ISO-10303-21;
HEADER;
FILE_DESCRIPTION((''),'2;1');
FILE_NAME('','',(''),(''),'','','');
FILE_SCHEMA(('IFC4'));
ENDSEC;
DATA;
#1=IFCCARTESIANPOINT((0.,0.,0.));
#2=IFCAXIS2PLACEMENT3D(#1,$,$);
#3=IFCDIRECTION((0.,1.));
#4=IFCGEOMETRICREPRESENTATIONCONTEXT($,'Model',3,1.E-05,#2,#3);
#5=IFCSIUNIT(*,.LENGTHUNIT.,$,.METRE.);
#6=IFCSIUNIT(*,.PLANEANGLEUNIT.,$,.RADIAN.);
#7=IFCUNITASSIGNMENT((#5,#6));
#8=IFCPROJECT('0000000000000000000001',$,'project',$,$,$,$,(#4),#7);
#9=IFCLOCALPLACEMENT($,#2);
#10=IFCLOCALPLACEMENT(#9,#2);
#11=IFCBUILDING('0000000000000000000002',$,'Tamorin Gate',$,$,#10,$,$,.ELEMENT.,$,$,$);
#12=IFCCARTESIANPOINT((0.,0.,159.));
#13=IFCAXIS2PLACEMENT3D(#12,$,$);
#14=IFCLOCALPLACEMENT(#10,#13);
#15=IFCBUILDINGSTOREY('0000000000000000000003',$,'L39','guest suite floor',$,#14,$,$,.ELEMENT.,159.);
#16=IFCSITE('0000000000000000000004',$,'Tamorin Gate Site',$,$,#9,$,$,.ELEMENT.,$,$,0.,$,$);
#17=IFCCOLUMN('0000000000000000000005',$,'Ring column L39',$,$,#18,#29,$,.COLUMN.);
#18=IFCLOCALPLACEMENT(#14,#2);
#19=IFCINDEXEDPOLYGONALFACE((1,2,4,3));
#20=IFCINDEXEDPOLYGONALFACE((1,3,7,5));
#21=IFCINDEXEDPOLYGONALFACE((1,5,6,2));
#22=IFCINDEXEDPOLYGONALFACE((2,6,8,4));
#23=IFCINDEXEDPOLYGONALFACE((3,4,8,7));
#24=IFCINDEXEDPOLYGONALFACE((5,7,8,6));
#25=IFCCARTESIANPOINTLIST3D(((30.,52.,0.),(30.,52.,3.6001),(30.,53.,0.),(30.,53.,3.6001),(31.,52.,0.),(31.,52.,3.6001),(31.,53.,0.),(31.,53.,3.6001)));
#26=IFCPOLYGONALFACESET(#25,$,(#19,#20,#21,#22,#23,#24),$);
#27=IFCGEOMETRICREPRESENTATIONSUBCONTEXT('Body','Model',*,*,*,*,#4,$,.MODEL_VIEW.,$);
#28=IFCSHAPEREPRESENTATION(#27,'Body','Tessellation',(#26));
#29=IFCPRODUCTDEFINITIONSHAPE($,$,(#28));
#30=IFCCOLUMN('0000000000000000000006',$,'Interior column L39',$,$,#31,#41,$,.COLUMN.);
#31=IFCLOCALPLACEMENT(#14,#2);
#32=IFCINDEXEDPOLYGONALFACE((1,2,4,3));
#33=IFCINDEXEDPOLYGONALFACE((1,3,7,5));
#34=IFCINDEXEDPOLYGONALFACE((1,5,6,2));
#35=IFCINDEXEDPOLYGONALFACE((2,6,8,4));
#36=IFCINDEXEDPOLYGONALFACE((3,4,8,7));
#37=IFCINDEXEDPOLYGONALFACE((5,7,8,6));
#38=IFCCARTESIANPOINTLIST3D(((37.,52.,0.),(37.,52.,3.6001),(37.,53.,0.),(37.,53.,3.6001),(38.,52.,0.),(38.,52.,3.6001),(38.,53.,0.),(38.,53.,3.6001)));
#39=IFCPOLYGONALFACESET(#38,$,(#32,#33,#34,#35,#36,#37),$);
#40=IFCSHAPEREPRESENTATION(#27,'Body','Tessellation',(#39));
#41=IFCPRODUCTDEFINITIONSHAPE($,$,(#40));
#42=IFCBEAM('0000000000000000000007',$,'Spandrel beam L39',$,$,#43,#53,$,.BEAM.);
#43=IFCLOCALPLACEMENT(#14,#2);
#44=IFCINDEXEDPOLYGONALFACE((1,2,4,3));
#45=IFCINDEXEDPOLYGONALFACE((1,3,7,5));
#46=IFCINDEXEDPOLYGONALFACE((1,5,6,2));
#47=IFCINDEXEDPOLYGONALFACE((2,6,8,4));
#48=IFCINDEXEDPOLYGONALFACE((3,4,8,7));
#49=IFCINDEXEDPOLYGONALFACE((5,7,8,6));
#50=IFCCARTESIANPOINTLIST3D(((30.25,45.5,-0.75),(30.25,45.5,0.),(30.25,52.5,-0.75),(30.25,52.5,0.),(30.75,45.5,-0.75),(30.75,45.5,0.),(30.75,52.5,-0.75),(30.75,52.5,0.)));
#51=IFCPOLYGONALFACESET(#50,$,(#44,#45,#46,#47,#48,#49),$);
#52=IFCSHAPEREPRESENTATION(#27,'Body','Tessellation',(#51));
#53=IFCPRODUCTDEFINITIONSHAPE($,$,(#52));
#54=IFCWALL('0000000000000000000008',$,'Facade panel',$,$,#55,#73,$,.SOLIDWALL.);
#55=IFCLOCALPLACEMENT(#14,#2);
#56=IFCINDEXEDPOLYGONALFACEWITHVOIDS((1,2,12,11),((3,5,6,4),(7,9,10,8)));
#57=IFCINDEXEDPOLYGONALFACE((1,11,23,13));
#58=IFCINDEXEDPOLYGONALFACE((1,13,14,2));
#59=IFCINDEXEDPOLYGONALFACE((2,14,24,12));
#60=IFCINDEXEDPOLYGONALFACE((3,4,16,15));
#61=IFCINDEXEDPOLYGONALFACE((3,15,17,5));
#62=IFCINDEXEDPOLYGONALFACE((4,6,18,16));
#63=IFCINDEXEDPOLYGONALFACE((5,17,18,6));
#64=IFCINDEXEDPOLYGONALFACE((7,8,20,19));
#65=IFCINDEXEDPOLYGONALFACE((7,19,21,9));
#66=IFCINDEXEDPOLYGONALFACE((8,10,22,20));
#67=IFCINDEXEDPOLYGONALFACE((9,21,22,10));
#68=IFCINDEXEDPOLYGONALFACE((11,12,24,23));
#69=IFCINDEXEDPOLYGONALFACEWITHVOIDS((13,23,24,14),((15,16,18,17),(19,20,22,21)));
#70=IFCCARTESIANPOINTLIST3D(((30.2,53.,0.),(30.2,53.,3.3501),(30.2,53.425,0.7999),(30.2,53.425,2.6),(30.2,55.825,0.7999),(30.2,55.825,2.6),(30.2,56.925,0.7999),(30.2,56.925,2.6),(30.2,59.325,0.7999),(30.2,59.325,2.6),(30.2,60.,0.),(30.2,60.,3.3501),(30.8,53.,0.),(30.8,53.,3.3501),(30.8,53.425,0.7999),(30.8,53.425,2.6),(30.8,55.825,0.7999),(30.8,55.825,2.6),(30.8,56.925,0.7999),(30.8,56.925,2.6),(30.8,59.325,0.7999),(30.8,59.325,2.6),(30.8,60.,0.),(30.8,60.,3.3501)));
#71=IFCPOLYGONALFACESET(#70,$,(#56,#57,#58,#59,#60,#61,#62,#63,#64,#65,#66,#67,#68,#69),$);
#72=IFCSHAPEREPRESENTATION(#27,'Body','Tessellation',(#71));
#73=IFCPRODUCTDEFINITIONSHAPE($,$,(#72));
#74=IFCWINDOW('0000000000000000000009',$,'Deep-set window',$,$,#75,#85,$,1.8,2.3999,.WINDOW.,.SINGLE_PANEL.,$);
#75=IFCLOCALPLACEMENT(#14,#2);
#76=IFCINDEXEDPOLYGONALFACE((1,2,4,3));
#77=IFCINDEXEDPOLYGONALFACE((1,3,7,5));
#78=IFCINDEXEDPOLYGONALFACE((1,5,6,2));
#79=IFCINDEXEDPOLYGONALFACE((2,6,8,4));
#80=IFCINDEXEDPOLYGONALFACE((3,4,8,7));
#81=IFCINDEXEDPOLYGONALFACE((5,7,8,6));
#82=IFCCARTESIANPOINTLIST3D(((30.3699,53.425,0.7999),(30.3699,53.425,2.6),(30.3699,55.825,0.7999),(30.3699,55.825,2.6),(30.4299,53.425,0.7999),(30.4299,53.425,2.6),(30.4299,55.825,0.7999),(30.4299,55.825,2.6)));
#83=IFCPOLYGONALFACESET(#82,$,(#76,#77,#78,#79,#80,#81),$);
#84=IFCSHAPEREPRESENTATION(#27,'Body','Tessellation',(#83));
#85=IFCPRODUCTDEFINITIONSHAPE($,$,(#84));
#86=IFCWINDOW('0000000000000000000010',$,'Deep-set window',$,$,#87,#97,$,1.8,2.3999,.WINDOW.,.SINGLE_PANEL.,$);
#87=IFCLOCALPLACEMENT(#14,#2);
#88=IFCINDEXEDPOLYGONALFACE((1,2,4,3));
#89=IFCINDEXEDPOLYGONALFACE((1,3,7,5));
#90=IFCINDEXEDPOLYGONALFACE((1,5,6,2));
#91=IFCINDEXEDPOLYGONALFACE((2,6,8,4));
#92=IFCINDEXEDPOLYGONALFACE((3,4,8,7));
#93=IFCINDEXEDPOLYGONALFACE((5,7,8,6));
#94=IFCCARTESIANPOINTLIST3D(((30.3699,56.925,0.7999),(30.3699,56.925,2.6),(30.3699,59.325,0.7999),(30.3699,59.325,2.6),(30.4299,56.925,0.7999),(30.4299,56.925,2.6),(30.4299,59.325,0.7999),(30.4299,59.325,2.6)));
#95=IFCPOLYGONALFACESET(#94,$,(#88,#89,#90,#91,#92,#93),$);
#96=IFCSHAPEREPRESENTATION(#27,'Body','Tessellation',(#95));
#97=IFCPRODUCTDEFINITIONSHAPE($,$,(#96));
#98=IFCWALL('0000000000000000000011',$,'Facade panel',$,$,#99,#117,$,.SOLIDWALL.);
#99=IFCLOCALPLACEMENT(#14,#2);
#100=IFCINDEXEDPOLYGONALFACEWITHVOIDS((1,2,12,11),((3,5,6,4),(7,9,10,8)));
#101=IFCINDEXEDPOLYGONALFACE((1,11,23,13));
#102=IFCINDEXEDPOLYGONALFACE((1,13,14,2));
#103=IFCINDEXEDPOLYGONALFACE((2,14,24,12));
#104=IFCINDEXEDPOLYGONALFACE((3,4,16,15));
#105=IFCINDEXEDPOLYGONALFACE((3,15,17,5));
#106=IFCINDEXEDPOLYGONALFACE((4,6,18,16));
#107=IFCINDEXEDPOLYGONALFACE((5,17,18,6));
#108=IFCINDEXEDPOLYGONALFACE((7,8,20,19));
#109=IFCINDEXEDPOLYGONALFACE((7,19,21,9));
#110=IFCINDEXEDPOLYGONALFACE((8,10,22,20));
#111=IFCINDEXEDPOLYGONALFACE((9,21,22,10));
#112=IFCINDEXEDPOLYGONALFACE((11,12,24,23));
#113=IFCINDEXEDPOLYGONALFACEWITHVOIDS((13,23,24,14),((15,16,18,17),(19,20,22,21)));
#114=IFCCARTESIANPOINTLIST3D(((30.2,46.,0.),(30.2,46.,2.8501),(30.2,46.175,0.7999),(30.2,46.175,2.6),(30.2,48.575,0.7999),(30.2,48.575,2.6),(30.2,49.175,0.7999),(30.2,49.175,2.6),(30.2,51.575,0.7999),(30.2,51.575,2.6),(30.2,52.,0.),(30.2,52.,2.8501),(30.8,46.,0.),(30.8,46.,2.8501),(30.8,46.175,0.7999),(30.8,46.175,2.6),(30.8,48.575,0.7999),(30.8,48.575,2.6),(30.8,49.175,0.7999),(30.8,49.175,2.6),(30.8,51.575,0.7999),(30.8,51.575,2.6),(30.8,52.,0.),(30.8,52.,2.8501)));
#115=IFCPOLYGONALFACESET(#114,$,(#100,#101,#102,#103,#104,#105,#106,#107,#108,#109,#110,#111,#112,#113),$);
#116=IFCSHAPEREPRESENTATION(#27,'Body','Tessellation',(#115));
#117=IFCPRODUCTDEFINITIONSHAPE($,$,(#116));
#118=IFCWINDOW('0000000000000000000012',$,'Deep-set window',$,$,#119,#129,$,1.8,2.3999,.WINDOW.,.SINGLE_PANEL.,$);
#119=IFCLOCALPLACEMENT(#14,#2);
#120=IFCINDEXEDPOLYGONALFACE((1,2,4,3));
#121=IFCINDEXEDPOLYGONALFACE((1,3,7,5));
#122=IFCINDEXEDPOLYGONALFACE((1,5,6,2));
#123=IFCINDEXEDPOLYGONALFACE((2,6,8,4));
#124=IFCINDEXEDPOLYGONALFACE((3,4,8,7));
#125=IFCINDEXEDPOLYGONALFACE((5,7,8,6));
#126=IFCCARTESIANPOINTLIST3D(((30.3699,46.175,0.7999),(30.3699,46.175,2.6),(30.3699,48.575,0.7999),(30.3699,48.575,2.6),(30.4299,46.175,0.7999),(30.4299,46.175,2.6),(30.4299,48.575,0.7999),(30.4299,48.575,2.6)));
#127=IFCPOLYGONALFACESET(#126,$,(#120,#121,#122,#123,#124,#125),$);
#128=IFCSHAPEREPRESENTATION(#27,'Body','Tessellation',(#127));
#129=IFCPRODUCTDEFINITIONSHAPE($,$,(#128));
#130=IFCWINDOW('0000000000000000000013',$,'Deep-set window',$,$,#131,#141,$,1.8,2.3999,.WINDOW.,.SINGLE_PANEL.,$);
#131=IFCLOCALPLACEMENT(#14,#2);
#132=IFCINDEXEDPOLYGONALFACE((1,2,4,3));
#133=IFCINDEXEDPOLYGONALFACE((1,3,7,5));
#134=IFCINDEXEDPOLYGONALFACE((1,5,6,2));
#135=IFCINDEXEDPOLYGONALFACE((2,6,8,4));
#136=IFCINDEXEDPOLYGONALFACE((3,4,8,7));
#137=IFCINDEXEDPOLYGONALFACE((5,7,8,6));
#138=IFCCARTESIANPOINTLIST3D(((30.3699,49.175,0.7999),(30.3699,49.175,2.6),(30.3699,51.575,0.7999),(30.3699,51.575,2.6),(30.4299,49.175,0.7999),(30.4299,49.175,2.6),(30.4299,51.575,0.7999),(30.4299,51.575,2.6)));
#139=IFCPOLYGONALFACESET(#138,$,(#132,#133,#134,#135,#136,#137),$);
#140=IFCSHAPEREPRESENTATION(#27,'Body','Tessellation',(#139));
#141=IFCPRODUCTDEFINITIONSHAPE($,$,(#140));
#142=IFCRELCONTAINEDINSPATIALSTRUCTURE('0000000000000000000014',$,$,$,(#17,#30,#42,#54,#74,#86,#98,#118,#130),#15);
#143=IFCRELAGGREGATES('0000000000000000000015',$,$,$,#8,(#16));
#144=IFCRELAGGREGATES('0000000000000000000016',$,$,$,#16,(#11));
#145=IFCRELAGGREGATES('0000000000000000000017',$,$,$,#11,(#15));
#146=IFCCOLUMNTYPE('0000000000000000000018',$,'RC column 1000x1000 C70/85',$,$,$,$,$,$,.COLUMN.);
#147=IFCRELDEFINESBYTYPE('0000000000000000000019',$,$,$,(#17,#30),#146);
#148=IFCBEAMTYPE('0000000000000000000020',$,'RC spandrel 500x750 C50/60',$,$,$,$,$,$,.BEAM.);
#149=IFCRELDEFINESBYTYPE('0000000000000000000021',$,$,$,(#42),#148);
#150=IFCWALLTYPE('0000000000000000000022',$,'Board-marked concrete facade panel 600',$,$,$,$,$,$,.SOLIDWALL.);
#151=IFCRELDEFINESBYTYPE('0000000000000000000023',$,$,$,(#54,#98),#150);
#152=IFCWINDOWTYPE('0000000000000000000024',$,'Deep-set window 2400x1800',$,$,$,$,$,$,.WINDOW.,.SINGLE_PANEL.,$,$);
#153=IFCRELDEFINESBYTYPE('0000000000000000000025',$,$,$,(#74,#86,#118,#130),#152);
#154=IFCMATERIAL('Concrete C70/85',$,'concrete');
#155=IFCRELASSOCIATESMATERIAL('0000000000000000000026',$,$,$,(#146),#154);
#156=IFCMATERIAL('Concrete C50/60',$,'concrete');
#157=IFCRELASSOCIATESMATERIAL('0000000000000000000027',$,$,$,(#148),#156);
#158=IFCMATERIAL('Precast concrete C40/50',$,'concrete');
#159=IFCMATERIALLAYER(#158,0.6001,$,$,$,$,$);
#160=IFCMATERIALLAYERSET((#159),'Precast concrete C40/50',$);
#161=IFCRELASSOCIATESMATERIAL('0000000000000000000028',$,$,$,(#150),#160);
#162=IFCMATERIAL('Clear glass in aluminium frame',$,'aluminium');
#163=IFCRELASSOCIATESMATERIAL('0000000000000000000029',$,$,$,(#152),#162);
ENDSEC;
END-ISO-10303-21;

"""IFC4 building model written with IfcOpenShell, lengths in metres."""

from ifc_helpers import new_model, si_unit, direction, frame, frame_2d, origin, origin_2d, place, context, subcontext, project, spatial, rectangle, extrude, material, layer, layer_set, material_profile, profile_set, type_object, element, fill, save


model = new_model("IFC4")

# Units and contexts
model_context = context("Model", 3, precision=1e-05, world=origin(), true_north=direction((0.0, 1.0)))
body_context = subcontext(model_context, "Body", "Model", "MODEL_VIEW")
ifc_project = project(units=[si_unit("LENGTHUNIT", "METRE"), si_unit("PLANEANGLEUNIT", "RADIAN")], contexts=[model_context])

# Site, building, storey
site_placement = place(None, origin())
site = spatial("IfcSite", under=ifc_project, at=site_placement, Name="Tamorin Gate Site", CompositionType="ELEMENT", RefElevation=0.0)
building_placement = place(site_placement, origin())
building = spatial("IfcBuilding", under=site, at=building_placement, Name="Tamorin Gate", CompositionType="ELEMENT")
storey_placement = place(building_placement, frame((0.0, 0.0, 159.0)))
storey = spatial("IfcBuildingStorey", under=building, at=storey_placement, Name="L39", Description="guest suite floor", CompositionType="ELEMENT", Elevation=159.0)

# Columns
ifc_material_1 = material(Name="Concrete C70/85", Category="concrete")
ifc_material_profile_1 = material_profile(ifc_material_1, rectangle(XDim=1.0, YDim=1.0, at=origin_2d()), Name="RC 1000x1000")
ifc_profile_set_1 = profile_set([ifc_material_profile_1], Name="Concrete C70/85")
column_type = type_object("IfcColumnType", Name="RC column 1000x1000 C70/85", PredefinedType="COLUMN", material=ifc_profile_set_1)
for number, where, z_axis, x_axis, name in (
    (1, (30.5, 52.5, 0.0), (0.0, 0.0, 1.0), (1.0, 0.0, 0.0), "Ring column L39"),
    (2, (37.5, 52.5, 0.0), (0.0, 0.0, 1.0), (1.0, 0.0, 0.0), "Interior column L39"),
):
    element("IfcColumn", number, at=place(storey_placement, frame(where, z_axis=z_axis, x_axis=x_axis)), inside=storey, type_object=column_type, Name=name, PredefinedType="COLUMN", context=body_context, shape_type="SweptSolid", body=[
        extrude(rectangle(XDim=1.0, YDim=1.0, at=origin_2d()), origin(), (0.0, 0.0, 1.0), 3.6001),
    ])

# Beam
ifc_material_2 = material(Name="Concrete C50/60", Category="concrete")
ifc_material_profile_2 = material_profile(ifc_material_2, rectangle(XDim=0.5, YDim=0.75, at=origin_2d()), Name="RC 500x750")
ifc_profile_set_2 = profile_set([ifc_material_profile_2], Name="Concrete C50/60")
beam_type = type_object("IfcBeamType", Name="RC spandrel 500x750 C50/60", PredefinedType="BEAM", material=ifc_profile_set_2)
beam_placement = place(storey_placement, frame((30.5, 52.5, -0.375), z_axis=(0.0, -1.0, 0.0), x_axis=(1.0, 0.0, 0.0)))
element("IfcBeam", 3, at=beam_placement, inside=storey, type_object=beam_type, Name="Spandrel beam L39", PredefinedType="BEAM", context=body_context, shape_type="SweptSolid", body=[
    extrude(rectangle(XDim=0.5, YDim=0.75, at=origin_2d()), origin(), (0.0, 0.0, 1.0), 7.0),
])

# Walls, openings, windows
ifc_material_3 = material(Name="Precast concrete C40/50", Category="concrete")
ifc_layer_1 = layer(ifc_material_3, 0.6001)
ifc_layer_set_1 = layer_set([ifc_layer_1], Name="Precast concrete C40/50")
wall_type_1 = type_object("IfcWallType", Name="Board-marked concrete facade panel 600", PredefinedType="SOLIDWALL", material=ifc_layer_set_1)
wall_1_placement = place(storey_placement, frame((30.5, 60.0, 0.0), z_axis=(0.0, 0.0, 1.0), x_axis=(0.0, -1.0, 0.0)))
wall_1 = element("IfcWall", 4, at=wall_1_placement, inside=storey, type_object=wall_type_1, Name="Facade panel", PredefinedType="SOLIDWALL", context=body_context, shape_type="SweptSolid", body=[
    extrude(rectangle(XDim=7.0, YDim=0.6001, at=frame_2d((3.5, 0.0))), origin(), (0.0, 0.0, 1.0), 3.3501),
])
opening_1_placement = place(wall_1_placement, frame((4.175, 0.0, 0.8)))
opening_1 = element("IfcOpeningElement", 5, at=opening_1_placement, cuts=wall_1, PredefinedType="OPENING", context=body_context, shape_type="SweptSolid", body=[
    extrude(rectangle(XDim=2.3999, YDim=1.8, at=frame_2d((1.2, 0.8999))), frame((0.0, 0.3101, 0.0), z_axis=(0.0, -1.0, 0.0), x_axis=(1.0, 0.0, 0.0)), (0.0, 0.0, 1.0), 0.6201),
])
opening_2_placement = place(wall_1_placement, frame((0.675, 0.0, 0.8)))
opening_2 = element("IfcOpeningElement", 6, at=opening_2_placement, cuts=wall_1, PredefinedType="OPENING", context=body_context, shape_type="SweptSolid", body=[
    extrude(rectangle(XDim=2.3999, YDim=1.8, at=frame_2d((1.2, 0.8999))), frame((0.0, 0.3101, 0.0), z_axis=(0.0, -1.0, 0.0), x_axis=(1.0, 0.0, 0.0)), (0.0, 0.0, 1.0), 0.6201),
])
ifc_material_4 = material(Name="Clear glass in aluminium frame", Category="aluminium")
window_type = type_object("IfcWindowType", Name="Deep-set window 2400x1800", PartitioningType="SINGLE_PANEL", PredefinedType="WINDOW", material=ifc_material_4)
window_1_placement = place(opening_1_placement, origin())
window_1 = element("IfcWindow", 7, at=window_1_placement, inside=storey, type_object=window_type, Name="Deep-set window", OverallHeight=1.8, OverallWidth=2.3999, PartitioningType="SINGLE_PANEL", PredefinedType="WINDOW", context=body_context, shape_type="SweptSolid", body=[
    extrude(rectangle(XDim=2.3999, YDim=1.8, at=frame_2d((1.2, 0.8999))), frame((0.0, -0.0701, 0.0), z_axis=(0.0, -1.0, 0.0), x_axis=(1.0, 0.0, 0.0)), (0.0, 0.0, 1.0), 0.0601),
])
fill(opening_1, window_1)
window_2_placement = place(opening_2_placement, origin())
window_2 = element("IfcWindow", 8, at=window_2_placement, inside=storey, type_object=window_type, Name="Deep-set window", OverallHeight=1.8, OverallWidth=2.3999, PartitioningType="SINGLE_PANEL", PredefinedType="WINDOW", context=body_context, shape_type="SweptSolid", body=[
    extrude(rectangle(XDim=2.3999, YDim=1.8, at=frame_2d((1.2, 0.8999))), frame((0.0, -0.0701, 0.0), z_axis=(0.0, -1.0, 0.0), x_axis=(1.0, 0.0, 0.0)), (0.0, 0.0, 1.0), 0.0601),
])
fill(opening_2, window_2)
wall_2_placement = place(storey_placement, frame((30.5, 52.0, 0.0), z_axis=(0.0, 0.0, 1.0), x_axis=(0.0, -1.0, 0.0)))
wall_2 = element("IfcWall", 9, at=wall_2_placement, inside=storey, type_object=wall_type_1, Name="Facade panel", PredefinedType="SOLIDWALL", context=body_context, shape_type="SweptSolid", body=[
    extrude(rectangle(XDim=6.0, YDim=0.6001, at=frame_2d((3.0, 0.0))), origin(), (0.0, 0.0, 1.0), 2.8501),
])
opening_3_placement = place(wall_2_placement, frame((3.425, 0.0, 0.8)))
opening_3 = element("IfcOpeningElement", 10, at=opening_3_placement, cuts=wall_2, PredefinedType="OPENING", context=body_context, shape_type="SweptSolid", body=[
    extrude(rectangle(XDim=2.3999, YDim=1.8, at=frame_2d((1.2, 0.8999))), frame((0.0, 0.3101, 0.0), z_axis=(0.0, -1.0, 0.0), x_axis=(1.0, 0.0, 0.0)), (0.0, 0.0, 1.0), 0.6201),
])
opening_4_placement = place(wall_2_placement, frame((0.425, 0.0, 0.8)))
opening_4 = element("IfcOpeningElement", 11, at=opening_4_placement, cuts=wall_2, PredefinedType="OPENING", context=body_context, shape_type="SweptSolid", body=[
    extrude(rectangle(XDim=2.3999, YDim=1.8, at=frame_2d((1.2, 0.8999))), frame((0.0, 0.3101, 0.0), z_axis=(0.0, -1.0, 0.0), x_axis=(1.0, 0.0, 0.0)), (0.0, 0.0, 1.0), 0.6201),
])
window_3_placement = place(opening_3_placement, origin())
window_3 = element("IfcWindow", 12, at=window_3_placement, inside=storey, type_object=window_type, Name="Deep-set window", OverallHeight=1.8, OverallWidth=2.3999, PartitioningType="SINGLE_PANEL", PredefinedType="WINDOW", context=body_context, shape_type="SweptSolid", body=[
    extrude(rectangle(XDim=2.3999, YDim=1.8, at=frame_2d((1.2, 0.8999))), frame((0.0, -0.0701, 0.0), z_axis=(0.0, -1.0, 0.0), x_axis=(1.0, 0.0, 0.0)), (0.0, 0.0, 1.0), 0.0601),
])
fill(opening_3, window_3)
window_4_placement = place(opening_4_placement, origin())
window_4 = element("IfcWindow", 13, at=window_4_placement, inside=storey, type_object=window_type, Name="Deep-set window", OverallHeight=1.8, OverallWidth=2.3999, PartitioningType="SINGLE_PANEL", PredefinedType="WINDOW", context=body_context, shape_type="SweptSolid", body=[
    extrude(rectangle(XDim=2.3999, YDim=1.8, at=frame_2d((1.2, 0.8999))), frame((0.0, -0.0701, 0.0), z_axis=(0.0, -1.0, 0.0), x_axis=(1.0, 0.0, 0.0)), (0.0, 0.0, 1.0), 0.0601),
])
fill(opening_4, window_4)

save(model, "model.ifc")
